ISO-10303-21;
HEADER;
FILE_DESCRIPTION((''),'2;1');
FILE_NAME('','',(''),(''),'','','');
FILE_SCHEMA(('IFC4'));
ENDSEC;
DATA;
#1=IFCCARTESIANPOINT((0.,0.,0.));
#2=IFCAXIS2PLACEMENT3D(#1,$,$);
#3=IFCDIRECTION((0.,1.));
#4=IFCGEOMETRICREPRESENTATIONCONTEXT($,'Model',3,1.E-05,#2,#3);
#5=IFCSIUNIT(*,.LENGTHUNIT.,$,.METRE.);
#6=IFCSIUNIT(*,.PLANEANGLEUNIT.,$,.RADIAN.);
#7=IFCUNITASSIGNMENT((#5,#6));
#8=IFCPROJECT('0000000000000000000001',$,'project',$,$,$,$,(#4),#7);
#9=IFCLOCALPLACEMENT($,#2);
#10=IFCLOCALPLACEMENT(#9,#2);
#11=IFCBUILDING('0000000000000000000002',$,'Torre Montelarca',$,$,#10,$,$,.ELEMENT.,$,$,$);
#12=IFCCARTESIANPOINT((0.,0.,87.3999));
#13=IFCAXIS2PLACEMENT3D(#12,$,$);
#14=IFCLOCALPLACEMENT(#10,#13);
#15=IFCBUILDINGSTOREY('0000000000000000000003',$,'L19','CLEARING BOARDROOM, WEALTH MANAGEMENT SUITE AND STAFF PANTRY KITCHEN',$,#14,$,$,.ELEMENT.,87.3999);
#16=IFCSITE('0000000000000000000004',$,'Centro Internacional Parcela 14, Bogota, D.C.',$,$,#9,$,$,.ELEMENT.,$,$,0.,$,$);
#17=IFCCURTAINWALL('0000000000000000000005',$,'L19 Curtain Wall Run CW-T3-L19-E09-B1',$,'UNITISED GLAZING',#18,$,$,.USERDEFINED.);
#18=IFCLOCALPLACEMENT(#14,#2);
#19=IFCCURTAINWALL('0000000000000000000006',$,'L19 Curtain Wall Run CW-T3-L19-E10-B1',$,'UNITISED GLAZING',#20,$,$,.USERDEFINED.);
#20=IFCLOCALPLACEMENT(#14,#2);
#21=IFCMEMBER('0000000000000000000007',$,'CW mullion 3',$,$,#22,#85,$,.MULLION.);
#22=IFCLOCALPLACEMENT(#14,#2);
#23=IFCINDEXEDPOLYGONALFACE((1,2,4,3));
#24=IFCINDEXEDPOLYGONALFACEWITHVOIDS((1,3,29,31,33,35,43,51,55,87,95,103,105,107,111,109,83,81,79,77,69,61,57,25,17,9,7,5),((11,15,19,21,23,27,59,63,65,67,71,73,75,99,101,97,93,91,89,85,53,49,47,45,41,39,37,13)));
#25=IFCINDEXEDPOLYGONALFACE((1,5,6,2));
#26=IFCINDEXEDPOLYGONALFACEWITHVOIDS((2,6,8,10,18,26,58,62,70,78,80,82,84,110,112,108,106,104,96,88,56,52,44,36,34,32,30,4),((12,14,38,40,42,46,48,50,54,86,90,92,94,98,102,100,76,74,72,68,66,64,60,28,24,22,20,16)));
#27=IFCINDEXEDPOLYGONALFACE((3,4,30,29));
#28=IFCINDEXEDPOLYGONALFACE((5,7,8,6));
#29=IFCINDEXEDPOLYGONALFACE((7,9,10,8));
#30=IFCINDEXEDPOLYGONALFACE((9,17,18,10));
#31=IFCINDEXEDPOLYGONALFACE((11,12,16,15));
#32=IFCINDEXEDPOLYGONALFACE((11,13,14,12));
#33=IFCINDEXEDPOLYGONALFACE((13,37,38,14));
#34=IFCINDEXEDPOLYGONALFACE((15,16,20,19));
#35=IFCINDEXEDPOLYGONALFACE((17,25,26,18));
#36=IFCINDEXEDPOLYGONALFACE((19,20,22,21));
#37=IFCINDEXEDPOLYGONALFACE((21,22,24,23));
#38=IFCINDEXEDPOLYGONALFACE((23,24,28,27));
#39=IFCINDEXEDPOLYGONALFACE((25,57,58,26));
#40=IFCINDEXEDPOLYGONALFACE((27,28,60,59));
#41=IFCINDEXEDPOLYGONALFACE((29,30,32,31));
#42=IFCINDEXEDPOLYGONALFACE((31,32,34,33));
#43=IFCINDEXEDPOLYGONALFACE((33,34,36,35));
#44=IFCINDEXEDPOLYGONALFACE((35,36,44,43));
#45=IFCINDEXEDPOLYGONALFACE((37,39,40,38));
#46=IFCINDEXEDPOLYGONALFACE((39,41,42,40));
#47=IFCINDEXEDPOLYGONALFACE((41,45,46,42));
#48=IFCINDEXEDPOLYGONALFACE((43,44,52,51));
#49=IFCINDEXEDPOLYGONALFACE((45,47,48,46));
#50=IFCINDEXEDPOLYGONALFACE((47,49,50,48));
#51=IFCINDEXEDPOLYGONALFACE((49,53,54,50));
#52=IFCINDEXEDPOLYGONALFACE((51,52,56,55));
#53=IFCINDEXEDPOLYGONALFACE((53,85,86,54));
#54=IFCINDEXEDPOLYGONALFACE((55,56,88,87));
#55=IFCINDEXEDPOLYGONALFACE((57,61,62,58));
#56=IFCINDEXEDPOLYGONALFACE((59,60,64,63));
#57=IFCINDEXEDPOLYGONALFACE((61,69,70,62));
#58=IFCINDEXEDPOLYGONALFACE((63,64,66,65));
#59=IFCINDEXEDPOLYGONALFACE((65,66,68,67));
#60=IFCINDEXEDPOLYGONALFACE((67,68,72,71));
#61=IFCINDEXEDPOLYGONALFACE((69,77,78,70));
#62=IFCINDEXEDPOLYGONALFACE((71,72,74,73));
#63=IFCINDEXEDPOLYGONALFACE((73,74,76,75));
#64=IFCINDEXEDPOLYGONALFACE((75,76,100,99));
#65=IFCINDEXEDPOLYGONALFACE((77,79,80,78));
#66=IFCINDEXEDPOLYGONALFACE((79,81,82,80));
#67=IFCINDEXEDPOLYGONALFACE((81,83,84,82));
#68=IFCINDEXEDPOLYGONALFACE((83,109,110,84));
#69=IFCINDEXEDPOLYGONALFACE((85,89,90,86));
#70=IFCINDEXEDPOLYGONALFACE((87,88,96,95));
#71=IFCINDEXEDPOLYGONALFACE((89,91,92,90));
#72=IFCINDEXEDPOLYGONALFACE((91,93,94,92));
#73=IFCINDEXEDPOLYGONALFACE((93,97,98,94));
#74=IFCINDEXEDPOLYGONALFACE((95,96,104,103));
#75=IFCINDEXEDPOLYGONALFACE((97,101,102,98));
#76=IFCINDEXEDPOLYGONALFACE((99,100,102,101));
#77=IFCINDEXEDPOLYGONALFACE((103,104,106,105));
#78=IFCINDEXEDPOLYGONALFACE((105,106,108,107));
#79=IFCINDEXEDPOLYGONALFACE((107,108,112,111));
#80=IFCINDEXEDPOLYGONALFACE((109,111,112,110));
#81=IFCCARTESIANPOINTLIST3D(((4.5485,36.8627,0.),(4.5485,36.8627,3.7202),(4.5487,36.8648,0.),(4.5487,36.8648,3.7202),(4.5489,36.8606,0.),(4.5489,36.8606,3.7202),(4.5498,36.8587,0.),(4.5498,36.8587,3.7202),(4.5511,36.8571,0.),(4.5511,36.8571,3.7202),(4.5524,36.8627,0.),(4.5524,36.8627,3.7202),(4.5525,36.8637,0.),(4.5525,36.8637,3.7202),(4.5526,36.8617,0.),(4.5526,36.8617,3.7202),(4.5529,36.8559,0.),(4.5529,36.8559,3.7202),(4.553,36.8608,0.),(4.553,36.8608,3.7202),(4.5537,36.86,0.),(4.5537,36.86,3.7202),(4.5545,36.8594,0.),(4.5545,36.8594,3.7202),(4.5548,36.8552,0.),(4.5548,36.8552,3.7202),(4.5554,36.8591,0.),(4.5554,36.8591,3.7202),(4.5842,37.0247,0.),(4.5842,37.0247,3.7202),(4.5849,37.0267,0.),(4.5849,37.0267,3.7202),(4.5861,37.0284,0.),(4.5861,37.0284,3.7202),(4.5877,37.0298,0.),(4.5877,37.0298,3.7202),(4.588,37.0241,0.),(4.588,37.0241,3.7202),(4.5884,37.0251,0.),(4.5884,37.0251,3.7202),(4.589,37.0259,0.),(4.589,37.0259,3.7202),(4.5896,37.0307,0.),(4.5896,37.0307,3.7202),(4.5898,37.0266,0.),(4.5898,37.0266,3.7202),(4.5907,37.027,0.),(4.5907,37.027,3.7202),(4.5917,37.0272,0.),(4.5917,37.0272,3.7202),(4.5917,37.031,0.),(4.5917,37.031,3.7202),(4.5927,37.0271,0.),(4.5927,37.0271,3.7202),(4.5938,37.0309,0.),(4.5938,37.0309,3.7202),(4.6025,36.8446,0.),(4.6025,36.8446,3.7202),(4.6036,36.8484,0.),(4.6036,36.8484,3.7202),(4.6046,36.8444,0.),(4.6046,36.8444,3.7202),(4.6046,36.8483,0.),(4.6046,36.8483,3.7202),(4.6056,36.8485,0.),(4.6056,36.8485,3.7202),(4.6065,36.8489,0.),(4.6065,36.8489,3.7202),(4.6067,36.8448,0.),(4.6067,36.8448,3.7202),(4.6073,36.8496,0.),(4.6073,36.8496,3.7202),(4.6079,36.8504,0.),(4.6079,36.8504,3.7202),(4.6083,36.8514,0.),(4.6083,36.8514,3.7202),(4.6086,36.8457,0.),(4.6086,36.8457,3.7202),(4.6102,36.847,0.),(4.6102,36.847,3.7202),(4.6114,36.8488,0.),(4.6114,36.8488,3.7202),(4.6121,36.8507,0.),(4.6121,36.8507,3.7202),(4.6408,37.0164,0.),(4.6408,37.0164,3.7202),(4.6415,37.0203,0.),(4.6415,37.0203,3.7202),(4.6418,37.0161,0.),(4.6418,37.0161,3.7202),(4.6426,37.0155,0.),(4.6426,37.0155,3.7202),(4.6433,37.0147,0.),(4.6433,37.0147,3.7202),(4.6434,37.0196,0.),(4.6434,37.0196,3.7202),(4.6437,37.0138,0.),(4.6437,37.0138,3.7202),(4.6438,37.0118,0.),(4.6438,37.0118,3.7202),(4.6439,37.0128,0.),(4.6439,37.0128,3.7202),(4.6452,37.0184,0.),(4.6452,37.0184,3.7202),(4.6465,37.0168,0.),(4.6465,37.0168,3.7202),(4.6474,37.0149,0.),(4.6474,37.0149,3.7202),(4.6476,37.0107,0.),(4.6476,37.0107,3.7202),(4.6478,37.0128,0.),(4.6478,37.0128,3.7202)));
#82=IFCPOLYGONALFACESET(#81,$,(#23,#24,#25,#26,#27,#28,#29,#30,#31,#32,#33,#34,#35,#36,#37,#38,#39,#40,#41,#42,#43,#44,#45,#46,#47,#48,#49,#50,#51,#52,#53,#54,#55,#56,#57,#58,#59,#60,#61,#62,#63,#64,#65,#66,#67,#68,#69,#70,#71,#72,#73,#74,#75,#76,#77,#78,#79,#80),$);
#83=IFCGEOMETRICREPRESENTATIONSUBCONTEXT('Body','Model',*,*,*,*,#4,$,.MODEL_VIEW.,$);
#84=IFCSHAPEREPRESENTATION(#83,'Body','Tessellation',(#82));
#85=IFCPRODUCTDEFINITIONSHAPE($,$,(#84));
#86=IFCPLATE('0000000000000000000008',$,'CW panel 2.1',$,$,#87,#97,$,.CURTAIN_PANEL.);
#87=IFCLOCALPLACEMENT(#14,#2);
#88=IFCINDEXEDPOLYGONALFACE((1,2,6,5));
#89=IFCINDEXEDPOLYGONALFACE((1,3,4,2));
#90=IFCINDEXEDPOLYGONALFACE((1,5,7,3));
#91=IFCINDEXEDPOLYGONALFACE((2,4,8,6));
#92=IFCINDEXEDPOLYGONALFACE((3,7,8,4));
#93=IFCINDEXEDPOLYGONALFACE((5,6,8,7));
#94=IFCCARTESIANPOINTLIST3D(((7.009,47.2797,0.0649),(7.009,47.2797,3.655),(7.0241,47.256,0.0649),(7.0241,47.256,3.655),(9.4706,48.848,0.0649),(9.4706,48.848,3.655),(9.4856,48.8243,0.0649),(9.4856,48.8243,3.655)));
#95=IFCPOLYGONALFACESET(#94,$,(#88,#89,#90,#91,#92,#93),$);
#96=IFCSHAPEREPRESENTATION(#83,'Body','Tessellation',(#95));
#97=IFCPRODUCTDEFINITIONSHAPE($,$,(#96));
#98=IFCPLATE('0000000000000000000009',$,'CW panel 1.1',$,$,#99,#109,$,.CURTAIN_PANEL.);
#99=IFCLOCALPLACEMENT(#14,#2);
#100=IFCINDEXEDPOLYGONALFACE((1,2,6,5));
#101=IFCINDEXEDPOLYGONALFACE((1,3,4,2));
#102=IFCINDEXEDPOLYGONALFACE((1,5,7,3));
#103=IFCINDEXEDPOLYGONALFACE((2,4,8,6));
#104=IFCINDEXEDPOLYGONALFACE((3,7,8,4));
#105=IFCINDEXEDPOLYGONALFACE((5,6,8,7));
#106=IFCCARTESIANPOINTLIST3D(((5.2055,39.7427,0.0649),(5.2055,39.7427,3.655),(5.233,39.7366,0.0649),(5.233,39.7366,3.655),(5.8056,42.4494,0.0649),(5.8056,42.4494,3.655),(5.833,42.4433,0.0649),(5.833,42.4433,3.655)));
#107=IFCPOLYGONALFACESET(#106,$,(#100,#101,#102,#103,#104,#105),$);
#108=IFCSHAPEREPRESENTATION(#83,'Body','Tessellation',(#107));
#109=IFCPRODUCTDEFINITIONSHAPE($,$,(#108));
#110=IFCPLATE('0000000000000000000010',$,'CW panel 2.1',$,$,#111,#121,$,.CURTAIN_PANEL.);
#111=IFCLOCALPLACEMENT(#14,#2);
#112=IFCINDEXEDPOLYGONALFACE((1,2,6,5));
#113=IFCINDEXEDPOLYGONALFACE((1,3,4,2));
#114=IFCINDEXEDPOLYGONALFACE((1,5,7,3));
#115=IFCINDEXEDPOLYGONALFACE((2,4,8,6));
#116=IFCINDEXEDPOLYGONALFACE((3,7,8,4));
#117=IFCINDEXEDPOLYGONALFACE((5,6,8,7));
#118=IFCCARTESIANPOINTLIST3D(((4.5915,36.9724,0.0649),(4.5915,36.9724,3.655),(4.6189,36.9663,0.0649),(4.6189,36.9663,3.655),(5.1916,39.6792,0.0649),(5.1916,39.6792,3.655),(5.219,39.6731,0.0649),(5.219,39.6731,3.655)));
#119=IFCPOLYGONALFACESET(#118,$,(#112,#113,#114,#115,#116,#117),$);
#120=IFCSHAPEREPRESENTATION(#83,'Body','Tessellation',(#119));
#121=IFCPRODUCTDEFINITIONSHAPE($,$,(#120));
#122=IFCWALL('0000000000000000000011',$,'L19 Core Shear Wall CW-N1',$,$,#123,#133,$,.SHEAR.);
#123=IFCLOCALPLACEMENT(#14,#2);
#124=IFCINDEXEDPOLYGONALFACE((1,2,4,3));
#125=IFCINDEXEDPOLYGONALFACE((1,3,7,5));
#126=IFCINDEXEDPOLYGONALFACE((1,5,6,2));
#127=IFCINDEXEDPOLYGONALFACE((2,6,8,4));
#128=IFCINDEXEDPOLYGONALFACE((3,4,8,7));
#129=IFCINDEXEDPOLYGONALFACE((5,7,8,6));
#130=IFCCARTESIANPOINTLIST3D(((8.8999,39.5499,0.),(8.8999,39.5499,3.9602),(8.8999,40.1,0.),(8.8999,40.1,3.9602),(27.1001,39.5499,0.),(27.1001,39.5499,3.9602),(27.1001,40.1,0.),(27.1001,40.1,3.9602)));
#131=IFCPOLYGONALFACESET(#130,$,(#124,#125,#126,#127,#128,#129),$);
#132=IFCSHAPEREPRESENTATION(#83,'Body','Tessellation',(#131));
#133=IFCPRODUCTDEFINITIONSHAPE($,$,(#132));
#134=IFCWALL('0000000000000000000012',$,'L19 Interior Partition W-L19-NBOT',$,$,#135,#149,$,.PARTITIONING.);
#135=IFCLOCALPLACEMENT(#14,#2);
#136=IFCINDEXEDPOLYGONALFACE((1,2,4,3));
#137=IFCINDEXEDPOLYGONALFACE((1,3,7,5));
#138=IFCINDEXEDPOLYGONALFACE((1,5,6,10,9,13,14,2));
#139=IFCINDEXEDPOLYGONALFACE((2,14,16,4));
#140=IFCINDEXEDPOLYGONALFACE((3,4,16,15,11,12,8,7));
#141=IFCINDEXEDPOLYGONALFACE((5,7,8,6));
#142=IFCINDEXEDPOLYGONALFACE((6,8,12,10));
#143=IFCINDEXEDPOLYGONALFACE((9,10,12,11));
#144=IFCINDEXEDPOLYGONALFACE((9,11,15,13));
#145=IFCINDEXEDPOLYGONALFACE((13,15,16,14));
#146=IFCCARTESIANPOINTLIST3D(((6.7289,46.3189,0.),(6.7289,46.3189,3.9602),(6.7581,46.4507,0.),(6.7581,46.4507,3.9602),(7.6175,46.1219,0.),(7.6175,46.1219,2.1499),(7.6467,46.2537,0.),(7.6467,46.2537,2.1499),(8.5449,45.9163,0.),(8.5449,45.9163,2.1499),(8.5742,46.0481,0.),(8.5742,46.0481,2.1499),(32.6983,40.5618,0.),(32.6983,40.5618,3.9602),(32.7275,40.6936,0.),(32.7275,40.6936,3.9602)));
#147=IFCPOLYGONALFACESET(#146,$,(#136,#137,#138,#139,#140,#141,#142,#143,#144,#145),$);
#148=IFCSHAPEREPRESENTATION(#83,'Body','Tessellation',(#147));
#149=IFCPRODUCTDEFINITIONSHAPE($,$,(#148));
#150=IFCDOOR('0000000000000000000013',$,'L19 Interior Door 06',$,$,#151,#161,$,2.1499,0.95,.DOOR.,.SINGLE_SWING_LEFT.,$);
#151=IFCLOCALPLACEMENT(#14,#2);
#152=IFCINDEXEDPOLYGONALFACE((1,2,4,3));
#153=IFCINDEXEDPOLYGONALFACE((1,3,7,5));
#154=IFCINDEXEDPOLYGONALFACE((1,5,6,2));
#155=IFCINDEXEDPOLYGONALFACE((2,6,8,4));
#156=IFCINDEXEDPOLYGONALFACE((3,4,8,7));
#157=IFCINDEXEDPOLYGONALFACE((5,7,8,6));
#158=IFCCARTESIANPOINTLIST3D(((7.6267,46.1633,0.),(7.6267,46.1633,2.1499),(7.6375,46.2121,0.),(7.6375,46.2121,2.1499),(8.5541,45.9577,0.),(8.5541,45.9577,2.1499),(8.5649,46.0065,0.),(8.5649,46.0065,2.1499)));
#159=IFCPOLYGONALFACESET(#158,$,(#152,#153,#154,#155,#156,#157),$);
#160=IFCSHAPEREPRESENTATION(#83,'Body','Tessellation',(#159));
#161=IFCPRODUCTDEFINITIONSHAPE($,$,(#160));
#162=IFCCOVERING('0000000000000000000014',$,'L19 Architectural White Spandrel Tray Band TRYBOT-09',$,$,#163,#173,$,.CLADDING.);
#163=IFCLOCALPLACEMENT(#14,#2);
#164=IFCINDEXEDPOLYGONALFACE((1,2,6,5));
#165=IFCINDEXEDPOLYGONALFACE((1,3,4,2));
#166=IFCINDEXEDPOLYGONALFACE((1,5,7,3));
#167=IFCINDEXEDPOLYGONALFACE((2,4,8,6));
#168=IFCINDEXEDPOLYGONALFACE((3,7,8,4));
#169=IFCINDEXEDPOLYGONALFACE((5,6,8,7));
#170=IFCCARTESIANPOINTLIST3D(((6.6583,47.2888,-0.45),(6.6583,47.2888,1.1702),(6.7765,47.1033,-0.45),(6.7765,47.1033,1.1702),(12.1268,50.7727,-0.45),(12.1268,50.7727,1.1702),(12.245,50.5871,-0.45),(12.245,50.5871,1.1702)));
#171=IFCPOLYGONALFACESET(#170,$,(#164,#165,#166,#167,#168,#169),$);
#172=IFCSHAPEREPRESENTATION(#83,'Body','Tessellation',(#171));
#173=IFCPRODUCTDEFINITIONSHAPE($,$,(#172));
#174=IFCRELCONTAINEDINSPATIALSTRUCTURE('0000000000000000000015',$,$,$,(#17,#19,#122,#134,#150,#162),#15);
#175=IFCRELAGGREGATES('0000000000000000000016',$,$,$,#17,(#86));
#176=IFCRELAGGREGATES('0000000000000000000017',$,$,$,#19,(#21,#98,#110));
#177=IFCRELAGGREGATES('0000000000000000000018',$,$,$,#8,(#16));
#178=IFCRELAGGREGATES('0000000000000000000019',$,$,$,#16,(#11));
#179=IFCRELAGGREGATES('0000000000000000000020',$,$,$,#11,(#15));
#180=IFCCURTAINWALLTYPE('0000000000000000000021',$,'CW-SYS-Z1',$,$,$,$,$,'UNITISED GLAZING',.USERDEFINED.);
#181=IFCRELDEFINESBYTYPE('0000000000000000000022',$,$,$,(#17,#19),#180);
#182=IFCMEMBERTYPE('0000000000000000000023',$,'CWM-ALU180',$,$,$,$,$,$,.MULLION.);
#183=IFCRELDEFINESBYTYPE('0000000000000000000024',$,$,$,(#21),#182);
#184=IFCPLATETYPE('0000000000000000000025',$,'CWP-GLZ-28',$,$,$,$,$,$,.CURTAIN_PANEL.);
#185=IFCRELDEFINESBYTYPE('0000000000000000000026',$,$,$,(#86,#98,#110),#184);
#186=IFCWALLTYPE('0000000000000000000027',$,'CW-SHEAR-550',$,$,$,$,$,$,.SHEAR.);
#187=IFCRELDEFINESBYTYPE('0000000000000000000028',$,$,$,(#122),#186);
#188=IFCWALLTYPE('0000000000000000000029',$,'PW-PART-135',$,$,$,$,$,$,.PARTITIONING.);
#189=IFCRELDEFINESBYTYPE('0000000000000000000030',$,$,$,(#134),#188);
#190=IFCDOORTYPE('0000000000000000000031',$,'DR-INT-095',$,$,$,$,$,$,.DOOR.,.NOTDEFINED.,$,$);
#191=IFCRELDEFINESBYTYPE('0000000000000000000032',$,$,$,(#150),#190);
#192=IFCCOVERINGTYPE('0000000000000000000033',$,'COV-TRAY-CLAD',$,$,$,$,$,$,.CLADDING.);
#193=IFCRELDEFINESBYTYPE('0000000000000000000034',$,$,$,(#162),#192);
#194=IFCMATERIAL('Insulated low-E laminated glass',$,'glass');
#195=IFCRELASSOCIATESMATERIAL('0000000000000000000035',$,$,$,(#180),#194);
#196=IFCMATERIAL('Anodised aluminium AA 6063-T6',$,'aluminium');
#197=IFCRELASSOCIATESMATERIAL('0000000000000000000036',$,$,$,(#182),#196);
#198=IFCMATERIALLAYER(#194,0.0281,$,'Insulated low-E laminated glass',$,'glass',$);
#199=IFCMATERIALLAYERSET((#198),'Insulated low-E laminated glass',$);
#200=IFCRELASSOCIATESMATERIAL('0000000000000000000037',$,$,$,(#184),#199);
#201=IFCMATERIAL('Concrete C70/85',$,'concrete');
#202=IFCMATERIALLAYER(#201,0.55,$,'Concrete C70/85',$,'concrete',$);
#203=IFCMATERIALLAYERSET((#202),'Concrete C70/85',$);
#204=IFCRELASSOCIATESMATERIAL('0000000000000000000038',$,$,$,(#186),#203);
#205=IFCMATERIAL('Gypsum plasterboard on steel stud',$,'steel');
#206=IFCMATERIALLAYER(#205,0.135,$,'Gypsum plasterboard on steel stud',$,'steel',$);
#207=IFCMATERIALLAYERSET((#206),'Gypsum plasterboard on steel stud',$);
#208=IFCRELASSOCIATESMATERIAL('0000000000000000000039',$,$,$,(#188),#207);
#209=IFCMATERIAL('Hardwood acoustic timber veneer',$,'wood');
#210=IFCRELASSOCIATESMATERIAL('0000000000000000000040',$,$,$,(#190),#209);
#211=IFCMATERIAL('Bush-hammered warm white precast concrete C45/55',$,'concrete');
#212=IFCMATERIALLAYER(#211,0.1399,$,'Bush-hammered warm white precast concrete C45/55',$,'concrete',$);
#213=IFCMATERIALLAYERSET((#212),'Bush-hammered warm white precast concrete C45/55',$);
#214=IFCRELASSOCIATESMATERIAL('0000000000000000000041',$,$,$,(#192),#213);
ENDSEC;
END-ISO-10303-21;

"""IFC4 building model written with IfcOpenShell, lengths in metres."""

from ifc_helpers import new_model, si_unit, direction, frame, frame_2d, origin, origin_2d, place, context, subcontext, project, spatial, rectangle, hollow_rectangle, extrude, source, transform, mapped, material, layer, layer_set, material_profile, profile_set, type_object, element, fill, aggregate, save


model = new_model("IFC4")

# Units and contexts
model_context = context("Model", 3, precision=1e-05, world=origin(), true_north=direction((0.0, 1.0)))
body_context = subcontext(model_context, "Body", "Model", "MODEL_VIEW")
ifc_project = project(units=[si_unit("LENGTHUNIT", "METRE"), si_unit("PLANEANGLEUNIT", "RADIAN")], contexts=[model_context])

# Site, building, storey
site_placement = place(None, origin())
site = spatial("IfcSite", under=ifc_project, at=site_placement, Name="Centro Internacional Parcela 14, Bogota, D.C.", CompositionType="ELEMENT", RefElevation=0.0)
building_placement = place(site_placement, origin())
building = spatial("IfcBuilding", under=site, at=building_placement, Name="Torre Montelarca", CompositionType="ELEMENT")
storey_placement = place(building_placement, frame((0.0, 0.0, 87.3999)))
storey = spatial("IfcBuildingStorey", under=building, at=storey_placement, Name="L19", Description="CLEARING BOARDROOM, WEALTH MANAGEMENT SUITE AND STAFF PANTRY KITCHEN", CompositionType="ELEMENT", Elevation=87.3999)

# Curtain wall
ifc_material_1 = material(Name="Insulated low-E laminated glass", Category="glass")
curtain_wall_type = type_object("IfcCurtainWallType", Name="CW-SYS-Z1", ElementType="UNITISED GLAZING", PredefinedType="USERDEFINED", material=ifc_material_1)
curtain_wall_1_placement = place(storey_placement, origin())
curtain_wall_1 = element("IfcCurtainWall", 1, at=curtain_wall_1_placement, inside=storey, type_object=curtain_wall_type, Name="L19 Curtain Wall Run CW-T3-L19-E09-B1", ObjectType="UNITISED GLAZING", PredefinedType="USERDEFINED")
ifc_material_2 = material(Name="Anodised aluminium AA 6063-T6", Category="aluminium")

# Curtain wall
curtain_wall_2_placement = place(storey_placement, origin())
curtain_wall_2 = element("IfcCurtainWall", 2, at=curtain_wall_2_placement, inside=storey, type_object=curtain_wall_type, Name="L19 Curtain Wall Run CW-T3-L19-E10-B1", ObjectType="UNITISED GLAZING", PredefinedType="USERDEFINED")

# Member
ifc_material_profile_1 = material_profile(ifc_material_2, hollow_rectangle(XDim=0.0649, YDim=0.1799, WallThickness=0.0039, InnerFilletRadius=0.0039, OuterFilletRadius=0.0081, at=origin_2d()), Name="ALU65X180X4", Category="aluminium")
ifc_profile_set_1 = profile_set([ifc_material_profile_1], Name="Anodised aluminium AA 6063-T6")
member_type_1 = type_object("IfcMemberType", Name="CWM-ALU180", PredefinedType="MULLION", material=ifc_profile_set_1)
shared_shape_1 = source(origin(), body_context, "Body", "SweptSolid", [
    extrude(hollow_rectangle(XDim=0.0649, YDim=0.1799, WallThickness=0.0039, InnerFilletRadius=0.0039, OuterFilletRadius=0.0081, at=origin_2d()), origin(), (0.0, 0.0, 1.0), 3.7202),
])
member_1_placement = place(storey_placement, frame((4.5981, 36.9377, 0.0), z_axis=(0.0, 0.0, 1.0), x_axis=(0.976295, -0.216443, 0.0)))
member_1 = element("IfcMember", 3, at=member_1_placement, type_object=member_type_1, Name="CW mullion 3", PredefinedType="MULLION", context=body_context, shape_type="MappedRepresentation", body=[
    mapped(shared_shape_1, transform((0.0, 0.0, 0.0), scale=1.0)),
])

# Plates
ifc_layer_1 = layer(ifc_material_1, 0.0281, Name="Insulated low-E laminated glass", Category="glass")
ifc_layer_set_1 = layer_set([ifc_layer_1], Name="Insulated low-E laminated glass")
plate_type = type_object("IfcPlateType", Name="CWP-GLZ-28", PredefinedType="CURTAIN_PANEL", material=ifc_layer_set_1)
shared_shape_2 = source(origin(), body_context, "Body", "SweptSolid", [
    extrude(rectangle(XDim=2.9187, YDim=0.0281, at=origin_2d()), origin(), (0.0, 0.0, 1.0), 3.5901),
])
plate_1_placement = place(storey_placement, frame((8.2473, 48.052, 0.0649), z_axis=(0.0, 0.0, 1.0), x_axis=(-0.843381, -0.537316, 0.0)))
plate_1 = element("IfcPlate", 4, at=plate_1_placement, type_object=plate_type, Name="CW panel 2.1", PredefinedType="CURTAIN_PANEL", context=body_context, shape_type="MappedRepresentation", body=[
    mapped(shared_shape_2, transform((0.0, 0.0, 0.0), scale=1.0)),
])
aggregate(curtain_wall_1, [plate_1])
shared_shape_3 = source(origin(), body_context, "Body", "SweptSolid", [
    extrude(rectangle(XDim=2.7725, YDim=0.0281, at=origin_2d()), origin(), (0.0, 0.0, 1.0), 3.5901),
])
plate_2_placement = place(storey_placement, frame((5.5193, 41.093, 0.0649), z_axis=(0.0, 0.0, 1.0), x_axis=(-0.216443, -0.976295, 0.0)))
plate_2 = element("IfcPlate", 5, at=plate_2_placement, type_object=plate_type, Name="CW panel 1.1", PredefinedType="CURTAIN_PANEL", context=body_context, shape_type="MappedRepresentation", body=[
    mapped(shared_shape_3, transform((0.0, 0.0, 0.0), scale=1.0)),
])
plate_3_placement = place(storey_placement, frame((4.9053, 38.3228, 0.0649), z_axis=(0.0, 0.0, 1.0), x_axis=(-0.216443, -0.976295, 0.0)))
plate_3 = element("IfcPlate", 6, at=plate_3_placement, type_object=plate_type, Name="CW panel 2.1", PredefinedType="CURTAIN_PANEL", context=body_context, shape_type="MappedRepresentation", body=[
    mapped(shared_shape_3, transform((0.0, 0.0, 0.0), scale=1.0)),
])
aggregate(curtain_wall_2, [member_1, plate_2, plate_3])

# Wall
ifc_material_3 = material(Name="Concrete C70/85", Category="concrete")
ifc_layer_2 = layer(ifc_material_3, 0.55, Name="Concrete C70/85", Category="concrete")
ifc_layer_set_2 = layer_set([ifc_layer_2], Name="Concrete C70/85")
wall_type_1 = type_object("IfcWallType", Name="CW-SHEAR-550", PredefinedType="SHEAR", material=ifc_layer_set_2)
wall_1_placement = place(storey_placement, frame((8.8999, 39.825, 0.0), z_axis=(0.0, 0.0, 1.0), x_axis=(1.0, 0.0, 0.0)))
element("IfcWall", 7, at=wall_1_placement, inside=storey, type_object=wall_type_1, Name="L19 Core Shear Wall CW-N1", PredefinedType="SHEAR", context=body_context, shape_type="SweptSolid", body=[
    extrude(rectangle(XDim=18.2002, YDim=0.55, at=frame_2d((9.1001, 0.0))), origin(), (0.0, 0.0, 1.0), 3.9602),
])

# Wall, opening, door
ifc_material_4 = material(Name="Gypsum plasterboard on steel stud", Category="steel")
ifc_layer_3 = layer(ifc_material_4, 0.135, Name="Gypsum plasterboard on steel stud", Category="steel")
ifc_layer_set_3 = layer_set([ifc_layer_3], Name="Gypsum plasterboard on steel stud")
wall_type_2 = type_object("IfcWallType", Name="PW-PART-135", PredefinedType="PARTITIONING", material=ifc_layer_set_3)
wall_2_placement = place(storey_placement, frame((6.7437, 46.3848, 0.0), z_axis=(0.0, 0.0, 1.0), x_axis=(0.976298, -0.216432, 0.0)))
wall_2 = element("IfcWall", 8, at=wall_2_placement, inside=storey, type_object=wall_type_2, Name="L19 Interior Partition W-L19-NBOT", PredefinedType="PARTITIONING", context=body_context, shape_type="SweptSolid", body=[
    extrude(rectangle(XDim=26.5999, YDim=0.135, at=frame_2d((13.2998, 0.0))), origin(), (0.0, 0.0, 1.0), 3.9602),
])
opening_placement = place(wall_2_placement, frame((0.9099, 0.0, 0.0)))
opening = element("IfcOpeningElement", 9, at=opening_placement, cuts=wall_2, PredefinedType="OPENING", context=body_context, shape_type="SweptSolid", body=[
    extrude(rectangle(XDim=0.95, YDim=2.1499, at=frame_2d((0.4751, 1.075))), frame((0.0, 0.0776, 0.0), z_axis=(0.0, -1.0, 0.0), x_axis=(1.0, 0.0, 0.0)), (0.0, 0.0, 1.0), 0.155),
])
ifc_material_5 = material(Name="Hardwood acoustic timber veneer", Category="wood")
door_type = type_object("IfcDoorType", Name="DR-INT-095", OperationType="NOTDEFINED", PredefinedType="DOOR", material=ifc_material_5)
shared_shape_4 = source(origin(), body_context, "Body", "SweptSolid", [
    extrude(rectangle(XDim=0.95, YDim=2.1499, at=frame_2d((0.4751, 1.075))), frame((0.0, 0.0249, 0.0), z_axis=(0.0, -1.0, 0.0), x_axis=(1.0, 0.0, 0.0)), (0.0, 0.0, 1.0), 0.05),
])
door_placement = place(opening_placement, origin())
door = element("IfcDoor", 10, at=door_placement, inside=storey, type_object=door_type, Name="L19 Interior Door 06", OperationType="SINGLE_SWING_LEFT", OverallHeight=2.1499, OverallWidth=0.95, PredefinedType="DOOR", context=body_context, shape_type="MappedRepresentation", body=[
    mapped(shared_shape_4, transform((0.0, 0.0, 0.0), scale=1.0)),
])
fill(opening, door)

# Covering
ifc_material_6 = material(Name="Bush-hammered warm white precast concrete C45/55", Category="concrete")
ifc_layer_4 = layer(ifc_material_6, 0.1399, Name="Bush-hammered warm white precast concrete C45/55", Category="concrete")
ifc_layer_set_4 = layer_set([ifc_layer_4], Name="Bush-hammered warm white precast concrete C45/55")
covering_type = type_object("IfcCoveringType", Name="COV-TRAY-CLAD", PredefinedType="CLADDING", material=ifc_layer_set_4)
shared_shape_5 = source(origin(), body_context, "Body", "SweptSolid", [
    extrude(rectangle(XDim=6.4839, YDim=0.22, at=origin_2d()), origin(), (0.0, 0.0, 1.0), 1.6201),
])
covering_1_placement = place(storey_placement, frame((9.4517, 48.938, -0.45), z_axis=(0.0, 0.0, 1.0), x_axis=(-0.843388, -0.537305, 0.0)))
element("IfcCovering", 11, at=covering_1_placement, inside=storey, type_object=covering_type, Name="L19 Architectural White Spandrel Tray Band TRYBOT-09", PredefinedType="CLADDING", context=body_context, shape_type="MappedRepresentation", body=[
    mapped(shared_shape_5, transform((0.0, 0.0, 0.0), scale=1.0)),
])

save(model, "model.ifc")
